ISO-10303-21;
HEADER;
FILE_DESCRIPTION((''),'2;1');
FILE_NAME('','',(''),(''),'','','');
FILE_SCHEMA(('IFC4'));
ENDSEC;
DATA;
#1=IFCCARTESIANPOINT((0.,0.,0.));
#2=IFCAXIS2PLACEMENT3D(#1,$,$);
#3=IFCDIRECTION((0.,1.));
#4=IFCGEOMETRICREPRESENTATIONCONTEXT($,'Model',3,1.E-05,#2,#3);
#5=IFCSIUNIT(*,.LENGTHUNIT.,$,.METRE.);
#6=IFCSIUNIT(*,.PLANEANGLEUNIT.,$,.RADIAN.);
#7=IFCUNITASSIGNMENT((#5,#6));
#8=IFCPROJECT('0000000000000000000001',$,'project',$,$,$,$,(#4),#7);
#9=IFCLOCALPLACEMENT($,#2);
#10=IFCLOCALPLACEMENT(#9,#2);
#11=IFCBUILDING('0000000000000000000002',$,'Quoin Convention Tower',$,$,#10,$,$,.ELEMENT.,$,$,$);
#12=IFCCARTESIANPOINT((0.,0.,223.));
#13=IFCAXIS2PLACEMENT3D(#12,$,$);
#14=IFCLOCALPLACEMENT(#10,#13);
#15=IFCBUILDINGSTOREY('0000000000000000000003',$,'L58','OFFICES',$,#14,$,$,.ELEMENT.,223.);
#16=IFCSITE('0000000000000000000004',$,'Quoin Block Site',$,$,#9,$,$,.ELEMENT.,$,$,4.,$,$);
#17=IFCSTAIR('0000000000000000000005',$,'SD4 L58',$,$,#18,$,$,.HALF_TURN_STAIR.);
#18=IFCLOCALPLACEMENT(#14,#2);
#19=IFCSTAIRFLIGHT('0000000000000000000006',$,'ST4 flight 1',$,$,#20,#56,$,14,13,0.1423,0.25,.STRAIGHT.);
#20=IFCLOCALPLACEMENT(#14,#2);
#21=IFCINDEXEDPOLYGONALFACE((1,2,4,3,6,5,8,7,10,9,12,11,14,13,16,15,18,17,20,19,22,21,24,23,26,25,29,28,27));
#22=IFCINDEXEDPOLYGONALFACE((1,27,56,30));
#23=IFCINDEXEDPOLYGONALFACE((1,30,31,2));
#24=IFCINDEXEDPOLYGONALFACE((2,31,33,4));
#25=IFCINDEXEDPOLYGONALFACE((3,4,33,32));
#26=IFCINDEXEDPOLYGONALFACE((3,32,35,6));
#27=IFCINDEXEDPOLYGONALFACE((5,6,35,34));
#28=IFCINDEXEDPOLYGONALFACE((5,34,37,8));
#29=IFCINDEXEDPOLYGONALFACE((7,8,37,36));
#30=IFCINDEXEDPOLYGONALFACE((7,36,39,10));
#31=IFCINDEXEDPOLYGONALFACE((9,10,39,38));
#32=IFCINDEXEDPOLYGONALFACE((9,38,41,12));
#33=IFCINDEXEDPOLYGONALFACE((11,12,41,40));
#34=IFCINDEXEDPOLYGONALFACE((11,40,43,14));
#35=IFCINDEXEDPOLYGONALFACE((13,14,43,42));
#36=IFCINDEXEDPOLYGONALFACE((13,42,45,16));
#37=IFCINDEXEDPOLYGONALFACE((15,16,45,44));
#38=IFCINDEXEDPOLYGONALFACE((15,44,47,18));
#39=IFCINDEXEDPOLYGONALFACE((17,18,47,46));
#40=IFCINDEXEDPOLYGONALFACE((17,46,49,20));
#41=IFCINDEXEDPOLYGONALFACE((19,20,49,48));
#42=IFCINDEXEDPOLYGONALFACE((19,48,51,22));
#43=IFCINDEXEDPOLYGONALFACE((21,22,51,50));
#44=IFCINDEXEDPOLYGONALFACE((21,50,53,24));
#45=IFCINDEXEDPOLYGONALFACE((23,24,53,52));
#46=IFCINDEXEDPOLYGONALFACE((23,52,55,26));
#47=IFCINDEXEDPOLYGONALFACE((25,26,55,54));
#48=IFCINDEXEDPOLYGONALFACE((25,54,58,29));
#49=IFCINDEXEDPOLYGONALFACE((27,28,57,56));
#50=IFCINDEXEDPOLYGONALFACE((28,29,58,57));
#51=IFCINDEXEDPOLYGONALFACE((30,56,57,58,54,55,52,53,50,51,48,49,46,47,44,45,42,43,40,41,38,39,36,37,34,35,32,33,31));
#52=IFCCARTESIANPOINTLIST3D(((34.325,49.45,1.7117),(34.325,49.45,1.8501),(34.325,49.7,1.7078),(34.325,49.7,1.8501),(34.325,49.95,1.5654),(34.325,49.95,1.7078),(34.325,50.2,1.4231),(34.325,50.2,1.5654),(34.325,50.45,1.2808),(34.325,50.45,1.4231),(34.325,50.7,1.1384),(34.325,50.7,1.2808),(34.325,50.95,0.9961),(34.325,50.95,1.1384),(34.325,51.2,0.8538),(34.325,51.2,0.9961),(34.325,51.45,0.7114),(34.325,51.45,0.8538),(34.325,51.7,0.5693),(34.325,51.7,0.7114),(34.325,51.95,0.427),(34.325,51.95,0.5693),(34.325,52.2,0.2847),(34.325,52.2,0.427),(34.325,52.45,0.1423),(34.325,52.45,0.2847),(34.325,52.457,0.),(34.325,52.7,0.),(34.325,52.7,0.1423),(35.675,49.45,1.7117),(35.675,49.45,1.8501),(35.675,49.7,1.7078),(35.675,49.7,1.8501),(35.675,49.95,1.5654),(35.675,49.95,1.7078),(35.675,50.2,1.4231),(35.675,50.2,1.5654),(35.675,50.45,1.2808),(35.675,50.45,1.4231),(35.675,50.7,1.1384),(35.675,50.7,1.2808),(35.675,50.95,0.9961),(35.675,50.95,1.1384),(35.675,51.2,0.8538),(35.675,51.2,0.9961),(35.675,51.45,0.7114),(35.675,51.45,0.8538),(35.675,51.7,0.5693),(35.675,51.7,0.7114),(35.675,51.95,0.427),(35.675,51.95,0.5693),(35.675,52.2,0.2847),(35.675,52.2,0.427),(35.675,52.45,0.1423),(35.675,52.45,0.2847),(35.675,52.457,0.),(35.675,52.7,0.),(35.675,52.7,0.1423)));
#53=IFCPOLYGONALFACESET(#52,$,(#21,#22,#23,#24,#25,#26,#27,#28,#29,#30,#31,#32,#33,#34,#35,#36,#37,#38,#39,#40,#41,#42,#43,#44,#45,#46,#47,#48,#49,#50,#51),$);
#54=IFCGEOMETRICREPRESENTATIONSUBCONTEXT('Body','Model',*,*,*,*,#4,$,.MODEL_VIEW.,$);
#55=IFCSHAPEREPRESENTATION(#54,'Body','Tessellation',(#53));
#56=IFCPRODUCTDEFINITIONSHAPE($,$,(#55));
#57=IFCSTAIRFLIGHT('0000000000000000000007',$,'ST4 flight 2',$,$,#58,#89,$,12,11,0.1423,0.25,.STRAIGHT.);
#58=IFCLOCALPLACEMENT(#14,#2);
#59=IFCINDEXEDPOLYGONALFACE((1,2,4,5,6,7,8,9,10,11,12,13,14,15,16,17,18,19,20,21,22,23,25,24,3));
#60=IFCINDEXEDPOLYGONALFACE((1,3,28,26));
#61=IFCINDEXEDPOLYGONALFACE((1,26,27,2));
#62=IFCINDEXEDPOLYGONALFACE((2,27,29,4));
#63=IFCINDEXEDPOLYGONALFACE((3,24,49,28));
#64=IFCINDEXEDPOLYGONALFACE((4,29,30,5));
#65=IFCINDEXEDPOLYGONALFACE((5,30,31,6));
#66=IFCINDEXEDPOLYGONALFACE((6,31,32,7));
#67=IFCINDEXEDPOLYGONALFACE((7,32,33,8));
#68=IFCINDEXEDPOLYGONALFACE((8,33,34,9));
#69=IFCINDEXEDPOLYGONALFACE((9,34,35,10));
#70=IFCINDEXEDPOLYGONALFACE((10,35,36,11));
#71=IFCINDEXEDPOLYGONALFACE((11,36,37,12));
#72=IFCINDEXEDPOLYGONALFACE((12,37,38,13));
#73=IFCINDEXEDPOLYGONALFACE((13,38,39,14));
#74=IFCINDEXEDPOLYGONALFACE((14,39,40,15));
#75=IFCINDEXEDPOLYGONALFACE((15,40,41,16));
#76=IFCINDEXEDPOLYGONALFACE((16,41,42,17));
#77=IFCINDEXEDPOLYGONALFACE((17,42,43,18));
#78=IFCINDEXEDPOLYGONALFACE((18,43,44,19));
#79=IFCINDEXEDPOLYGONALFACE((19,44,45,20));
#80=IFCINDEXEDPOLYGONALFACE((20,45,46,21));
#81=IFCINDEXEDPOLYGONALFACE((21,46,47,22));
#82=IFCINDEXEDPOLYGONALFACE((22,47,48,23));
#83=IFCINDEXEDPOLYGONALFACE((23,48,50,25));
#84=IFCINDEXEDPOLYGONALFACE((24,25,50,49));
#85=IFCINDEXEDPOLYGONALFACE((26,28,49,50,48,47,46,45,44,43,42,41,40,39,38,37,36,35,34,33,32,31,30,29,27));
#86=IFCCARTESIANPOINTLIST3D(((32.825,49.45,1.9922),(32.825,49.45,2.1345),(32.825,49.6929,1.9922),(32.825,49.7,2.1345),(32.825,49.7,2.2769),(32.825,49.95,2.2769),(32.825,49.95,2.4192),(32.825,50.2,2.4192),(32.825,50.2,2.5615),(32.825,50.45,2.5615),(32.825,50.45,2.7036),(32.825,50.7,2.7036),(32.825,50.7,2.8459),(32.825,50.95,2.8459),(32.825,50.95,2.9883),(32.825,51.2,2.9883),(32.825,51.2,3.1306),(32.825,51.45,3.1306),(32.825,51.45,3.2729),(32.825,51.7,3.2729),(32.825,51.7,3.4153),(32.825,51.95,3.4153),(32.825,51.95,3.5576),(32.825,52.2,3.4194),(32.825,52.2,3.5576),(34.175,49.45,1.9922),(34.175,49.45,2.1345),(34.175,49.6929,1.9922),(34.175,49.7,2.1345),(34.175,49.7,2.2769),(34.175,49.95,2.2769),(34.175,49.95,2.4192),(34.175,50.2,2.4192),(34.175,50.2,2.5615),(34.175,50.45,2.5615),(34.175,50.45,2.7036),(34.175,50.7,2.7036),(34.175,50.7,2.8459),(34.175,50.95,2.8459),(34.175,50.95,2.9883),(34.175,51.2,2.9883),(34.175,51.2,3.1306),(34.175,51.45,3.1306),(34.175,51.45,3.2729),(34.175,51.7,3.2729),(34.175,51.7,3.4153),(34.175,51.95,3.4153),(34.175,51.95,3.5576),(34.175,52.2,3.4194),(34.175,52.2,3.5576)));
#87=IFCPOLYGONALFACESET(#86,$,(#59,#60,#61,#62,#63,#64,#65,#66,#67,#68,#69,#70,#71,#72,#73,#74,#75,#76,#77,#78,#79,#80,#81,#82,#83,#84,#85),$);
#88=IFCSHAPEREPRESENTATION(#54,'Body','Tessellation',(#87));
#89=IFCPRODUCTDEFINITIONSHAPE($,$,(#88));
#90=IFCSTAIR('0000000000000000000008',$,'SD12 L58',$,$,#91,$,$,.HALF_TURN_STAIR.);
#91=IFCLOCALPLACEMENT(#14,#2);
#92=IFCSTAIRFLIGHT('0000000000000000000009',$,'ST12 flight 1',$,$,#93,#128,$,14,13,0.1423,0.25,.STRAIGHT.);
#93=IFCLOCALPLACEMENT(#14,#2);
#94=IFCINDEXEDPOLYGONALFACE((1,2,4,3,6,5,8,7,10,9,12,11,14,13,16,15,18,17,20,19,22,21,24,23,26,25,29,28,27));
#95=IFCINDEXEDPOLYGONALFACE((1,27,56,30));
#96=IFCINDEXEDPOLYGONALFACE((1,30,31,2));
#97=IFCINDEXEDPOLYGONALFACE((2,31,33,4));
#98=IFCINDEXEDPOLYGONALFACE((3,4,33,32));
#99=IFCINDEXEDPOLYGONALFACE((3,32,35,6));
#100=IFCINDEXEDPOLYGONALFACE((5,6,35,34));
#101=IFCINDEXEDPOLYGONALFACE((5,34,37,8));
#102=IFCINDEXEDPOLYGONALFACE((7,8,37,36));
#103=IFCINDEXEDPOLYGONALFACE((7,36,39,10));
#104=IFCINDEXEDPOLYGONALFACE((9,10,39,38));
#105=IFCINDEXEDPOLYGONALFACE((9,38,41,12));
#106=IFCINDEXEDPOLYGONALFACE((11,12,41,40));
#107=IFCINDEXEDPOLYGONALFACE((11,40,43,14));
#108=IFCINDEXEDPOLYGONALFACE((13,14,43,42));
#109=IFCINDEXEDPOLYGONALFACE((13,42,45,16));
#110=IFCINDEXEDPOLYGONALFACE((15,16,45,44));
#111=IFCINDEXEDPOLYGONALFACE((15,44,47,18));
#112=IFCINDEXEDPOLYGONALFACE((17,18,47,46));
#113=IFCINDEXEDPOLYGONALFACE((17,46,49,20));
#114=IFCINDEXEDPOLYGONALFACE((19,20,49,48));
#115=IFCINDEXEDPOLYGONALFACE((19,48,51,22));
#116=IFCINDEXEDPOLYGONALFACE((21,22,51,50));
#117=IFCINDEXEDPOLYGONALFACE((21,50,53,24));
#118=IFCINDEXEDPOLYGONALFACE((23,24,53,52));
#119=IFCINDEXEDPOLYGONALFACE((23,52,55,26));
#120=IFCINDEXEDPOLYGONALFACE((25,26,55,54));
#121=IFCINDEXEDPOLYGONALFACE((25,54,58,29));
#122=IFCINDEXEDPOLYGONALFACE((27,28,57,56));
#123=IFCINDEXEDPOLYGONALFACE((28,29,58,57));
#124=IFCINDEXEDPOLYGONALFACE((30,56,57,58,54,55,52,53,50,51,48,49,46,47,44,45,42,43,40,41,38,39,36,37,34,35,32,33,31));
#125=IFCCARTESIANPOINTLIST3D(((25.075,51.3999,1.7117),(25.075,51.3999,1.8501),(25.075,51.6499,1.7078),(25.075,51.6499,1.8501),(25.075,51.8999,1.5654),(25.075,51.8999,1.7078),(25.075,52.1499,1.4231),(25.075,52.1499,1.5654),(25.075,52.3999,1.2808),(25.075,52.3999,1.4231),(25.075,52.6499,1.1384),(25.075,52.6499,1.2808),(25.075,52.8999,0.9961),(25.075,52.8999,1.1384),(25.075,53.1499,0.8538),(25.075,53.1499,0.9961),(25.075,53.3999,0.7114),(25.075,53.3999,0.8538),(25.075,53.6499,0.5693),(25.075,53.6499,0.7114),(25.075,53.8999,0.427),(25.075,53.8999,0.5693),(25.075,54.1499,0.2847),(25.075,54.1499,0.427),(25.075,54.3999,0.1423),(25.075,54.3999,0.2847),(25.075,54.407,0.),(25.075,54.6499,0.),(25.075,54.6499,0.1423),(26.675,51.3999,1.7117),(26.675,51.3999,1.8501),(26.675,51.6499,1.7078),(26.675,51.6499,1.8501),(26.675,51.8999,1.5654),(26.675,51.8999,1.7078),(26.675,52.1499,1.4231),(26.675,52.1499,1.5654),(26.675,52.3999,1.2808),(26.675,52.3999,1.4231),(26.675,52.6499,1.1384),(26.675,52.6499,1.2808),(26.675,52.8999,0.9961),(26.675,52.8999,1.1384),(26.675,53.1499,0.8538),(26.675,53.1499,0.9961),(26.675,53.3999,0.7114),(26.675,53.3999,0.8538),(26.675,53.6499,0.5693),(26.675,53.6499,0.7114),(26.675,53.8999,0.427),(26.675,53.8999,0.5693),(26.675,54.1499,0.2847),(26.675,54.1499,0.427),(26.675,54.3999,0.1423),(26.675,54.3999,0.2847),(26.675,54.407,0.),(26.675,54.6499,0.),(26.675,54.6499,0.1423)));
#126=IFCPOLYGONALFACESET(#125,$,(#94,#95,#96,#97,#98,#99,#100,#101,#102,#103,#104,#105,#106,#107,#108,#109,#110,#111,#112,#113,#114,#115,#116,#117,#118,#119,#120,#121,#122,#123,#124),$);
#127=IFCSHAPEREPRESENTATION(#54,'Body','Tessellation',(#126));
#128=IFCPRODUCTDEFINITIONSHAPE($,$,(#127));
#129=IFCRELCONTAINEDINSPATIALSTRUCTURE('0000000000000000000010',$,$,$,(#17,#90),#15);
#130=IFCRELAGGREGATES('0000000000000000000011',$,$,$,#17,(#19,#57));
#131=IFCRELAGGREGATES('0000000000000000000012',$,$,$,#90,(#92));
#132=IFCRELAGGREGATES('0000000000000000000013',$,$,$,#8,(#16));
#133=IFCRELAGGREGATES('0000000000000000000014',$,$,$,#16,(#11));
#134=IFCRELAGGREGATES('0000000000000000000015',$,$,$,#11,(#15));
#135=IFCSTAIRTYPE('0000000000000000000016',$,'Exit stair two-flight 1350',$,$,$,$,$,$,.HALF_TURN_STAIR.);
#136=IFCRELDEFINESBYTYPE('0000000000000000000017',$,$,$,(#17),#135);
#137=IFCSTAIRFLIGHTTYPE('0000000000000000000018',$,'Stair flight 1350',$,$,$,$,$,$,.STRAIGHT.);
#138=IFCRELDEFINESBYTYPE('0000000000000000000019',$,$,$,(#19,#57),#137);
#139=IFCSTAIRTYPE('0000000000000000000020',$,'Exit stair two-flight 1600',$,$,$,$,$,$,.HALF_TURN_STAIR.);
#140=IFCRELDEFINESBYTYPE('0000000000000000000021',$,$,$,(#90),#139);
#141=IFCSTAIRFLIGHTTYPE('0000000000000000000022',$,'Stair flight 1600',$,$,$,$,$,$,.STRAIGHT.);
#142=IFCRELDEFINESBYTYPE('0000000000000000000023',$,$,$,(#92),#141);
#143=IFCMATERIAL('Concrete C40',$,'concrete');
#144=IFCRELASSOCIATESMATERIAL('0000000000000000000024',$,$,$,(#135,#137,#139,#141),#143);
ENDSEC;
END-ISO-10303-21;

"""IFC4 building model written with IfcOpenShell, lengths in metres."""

from ifc_helpers import new_model, si_unit, direction, frame, origin, place, context, subcontext, project, spatial, polyline, outline, extrude, material, type_object, element, aggregate, save


model = new_model("IFC4")

# Units and contexts
model_context = context("Model", 3, precision=1e-05, world=origin(), true_north=direction((0.0, 1.0)))
body_context = subcontext(model_context, "Body", "Model", "MODEL_VIEW")
ifc_project = project(units=[si_unit("LENGTHUNIT", "METRE"), si_unit("PLANEANGLEUNIT", "RADIAN")], contexts=[model_context])

# Site, building, storey
site_placement = place(None, origin())
site = spatial("IfcSite", under=ifc_project, at=site_placement, Name="Quoin Block Site", CompositionType="ELEMENT", RefElevation=4.0)
building_placement = place(site_placement, origin())
building = spatial("IfcBuilding", under=site, at=building_placement, Name="Quoin Convention Tower", CompositionType="ELEMENT")
storey_placement = place(building_placement, frame((0.0, 0.0, 223.0)))
storey = spatial("IfcBuildingStorey", under=building, at=storey_placement, Name="L58", Description="OFFICES", CompositionType="ELEMENT", Elevation=223.0)

# Shared definitions
ifc_material_1 = material(Name="Concrete C40", Category="concrete")
stair_type_1 = type_object("IfcStairType", Name="Exit stair two-flight 1350", PredefinedType="HALF_TURN_STAIR", material=ifc_material_1)
stair_flight_type_1 = type_object("IfcStairFlightType", Name="Stair flight 1350", PredefinedType="STRAIGHT", material=ifc_material_1)

# Stair, stair flights
stair_1_placement = place(storey_placement, origin())
stair_1 = element("IfcStair", 1, at=stair_1_placement, inside=storey, type_object=stair_type_1, Name="SD4 L58", PredefinedType="HALF_TURN_STAIR")
stair_flight_1_placement = place(storey_placement, frame((35.0, 52.7, 0.0), z_axis=(0.0, 0.0, 1.0), x_axis=(0.0, -1.0, 0.0)))
stair_flight_1 = element("IfcStairFlight", 2, at=stair_flight_1_placement, type_object=stair_flight_type_1, Name="ST4 flight 1", NumberOfRisers=14, NumberOfTreads=13, PredefinedType="STRAIGHT", RiserHeight=0.1423, TreadLength=0.25, context=body_context, shape_type="SweptSolid", body=[
    extrude(outline(polyline([(0.0, 0.0), (0.0, 0.1423), (0.25, 0.1423), (0.25, 0.2847), (0.5, 0.2847), (0.5, 0.427), (0.75, 0.427), (0.75, 0.5693), (1.0, 0.5693), (1.0, 0.7114), (1.25, 0.7114), (1.25, 0.8538), (1.5, 0.8538), (1.5, 0.9961), (1.75, 0.9961), (1.75, 1.1384), (2.0, 1.1384), (2.0, 1.2808), (2.25, 1.2808), (2.25, 1.4231), (2.5, 1.4231), (2.5, 1.5654), (2.75, 1.5654), (2.75, 1.7078), (3.0, 1.7078), (3.0, 1.8501), (3.25, 1.8501), (3.25, 1.9922), (3.25, 1.7117), (0.2429, 0.0), (0.0, 0.0)])), frame((0.0, 0.675, 0.0), z_axis=(0.0, -1.0, 0.0), x_axis=(1.0, 0.0, 0.0)), (0.0, 0.0, 1.0), 1.3501),
])
stair_flight_2_placement = place(storey_placement, frame((33.5, 49.45, 1.9922), z_axis=(0.0, 0.0, 1.0), x_axis=(0.0, 1.0, 0.0)))
stair_flight_2 = element("IfcStairFlight", 3, at=stair_flight_2_placement, type_object=stair_flight_type_1, Name="ST4 flight 2", NumberOfRisers=12, NumberOfTreads=11, PredefinedType="STRAIGHT", RiserHeight=0.1423, TreadLength=0.25, context=body_context, shape_type="SweptSolid", body=[
    extrude(outline(polyline([(0.0, 0.0), (0.0, 0.1423), (0.25, 0.1423), (0.25, 0.2847), (0.5, 0.2847), (0.5, 0.427), (0.75, 0.427), (0.75, 0.5693), (1.0, 0.5693), (1.0, 0.7114), (1.25, 0.7114), (1.25, 0.8538), (1.5, 0.8538), (1.5, 0.9961), (1.75, 0.9961), (1.75, 1.1384), (2.0, 1.1384), (2.0, 1.2808), (2.25, 1.2808), (2.25, 1.4231), (2.5, 1.4231), (2.5, 1.5654), (2.75, 1.5654), (2.75, 1.7078), (2.75, 1.4272), (0.2429, 0.0), (0.0, 0.0)])), frame((0.0, 0.675, 0.0), z_axis=(0.0, -1.0, 0.0), x_axis=(1.0, 0.0, 0.0)), (0.0, 0.0, 1.0), 1.3501),
])
aggregate(stair_1, [stair_flight_1, stair_flight_2])

# Stair, stair flight
stair_type_2 = type_object("IfcStairType", Name="Exit stair two-flight 1600", PredefinedType="HALF_TURN_STAIR", material=ifc_material_1)
stair_2_placement = place(storey_placement, origin())
stair_2 = element("IfcStair", 4, at=stair_2_placement, inside=storey, type_object=stair_type_2, Name="SD12 L58", PredefinedType="HALF_TURN_STAIR")
stair_flight_type_2 = type_object("IfcStairFlightType", Name="Stair flight 1600", PredefinedType="STRAIGHT", material=ifc_material_1)
stair_flight_3_placement = place(storey_placement, frame((25.875, 54.6499, 0.0), z_axis=(0.0, 0.0, 1.0), x_axis=(0.0, -1.0, 0.0)))
stair_flight_3 = element("IfcStairFlight", 5, at=stair_flight_3_placement, type_object=stair_flight_type_2, Name="ST12 flight 1", NumberOfRisers=14, NumberOfTreads=13, PredefinedType="STRAIGHT", RiserHeight=0.1423, TreadLength=0.25, context=body_context, shape_type="SweptSolid", body=[
    extrude(outline(polyline([(0.0, 0.0), (0.0, 0.1423), (0.25, 0.1423), (0.25, 0.2847), (0.5, 0.2847), (0.5, 0.427), (0.75, 0.427), (0.75, 0.5693), (1.0, 0.5693), (1.0, 0.7114), (1.25, 0.7114), (1.25, 0.8538), (1.5, 0.8538), (1.5, 0.9961), (1.75, 0.9961), (1.75, 1.1384), (2.0, 1.1384), (2.0, 1.2808), (2.25, 1.2808), (2.25, 1.4231), (2.5, 1.4231), (2.5, 1.5654), (2.75, 1.5654), (2.75, 1.7078), (3.0, 1.7078), (3.0, 1.8501), (3.25, 1.8501), (3.25, 1.9922), (3.25, 1.7117), (0.2429, 0.0), (0.0, 0.0)])), frame((0.0, 0.8, 0.0), z_axis=(0.0, -1.0, 0.0), x_axis=(1.0, 0.0, 0.0)), (0.0, 0.0, 1.0), 1.6001),
])
aggregate(stair_2, [stair_flight_3])

save(model, "model.ifc")
